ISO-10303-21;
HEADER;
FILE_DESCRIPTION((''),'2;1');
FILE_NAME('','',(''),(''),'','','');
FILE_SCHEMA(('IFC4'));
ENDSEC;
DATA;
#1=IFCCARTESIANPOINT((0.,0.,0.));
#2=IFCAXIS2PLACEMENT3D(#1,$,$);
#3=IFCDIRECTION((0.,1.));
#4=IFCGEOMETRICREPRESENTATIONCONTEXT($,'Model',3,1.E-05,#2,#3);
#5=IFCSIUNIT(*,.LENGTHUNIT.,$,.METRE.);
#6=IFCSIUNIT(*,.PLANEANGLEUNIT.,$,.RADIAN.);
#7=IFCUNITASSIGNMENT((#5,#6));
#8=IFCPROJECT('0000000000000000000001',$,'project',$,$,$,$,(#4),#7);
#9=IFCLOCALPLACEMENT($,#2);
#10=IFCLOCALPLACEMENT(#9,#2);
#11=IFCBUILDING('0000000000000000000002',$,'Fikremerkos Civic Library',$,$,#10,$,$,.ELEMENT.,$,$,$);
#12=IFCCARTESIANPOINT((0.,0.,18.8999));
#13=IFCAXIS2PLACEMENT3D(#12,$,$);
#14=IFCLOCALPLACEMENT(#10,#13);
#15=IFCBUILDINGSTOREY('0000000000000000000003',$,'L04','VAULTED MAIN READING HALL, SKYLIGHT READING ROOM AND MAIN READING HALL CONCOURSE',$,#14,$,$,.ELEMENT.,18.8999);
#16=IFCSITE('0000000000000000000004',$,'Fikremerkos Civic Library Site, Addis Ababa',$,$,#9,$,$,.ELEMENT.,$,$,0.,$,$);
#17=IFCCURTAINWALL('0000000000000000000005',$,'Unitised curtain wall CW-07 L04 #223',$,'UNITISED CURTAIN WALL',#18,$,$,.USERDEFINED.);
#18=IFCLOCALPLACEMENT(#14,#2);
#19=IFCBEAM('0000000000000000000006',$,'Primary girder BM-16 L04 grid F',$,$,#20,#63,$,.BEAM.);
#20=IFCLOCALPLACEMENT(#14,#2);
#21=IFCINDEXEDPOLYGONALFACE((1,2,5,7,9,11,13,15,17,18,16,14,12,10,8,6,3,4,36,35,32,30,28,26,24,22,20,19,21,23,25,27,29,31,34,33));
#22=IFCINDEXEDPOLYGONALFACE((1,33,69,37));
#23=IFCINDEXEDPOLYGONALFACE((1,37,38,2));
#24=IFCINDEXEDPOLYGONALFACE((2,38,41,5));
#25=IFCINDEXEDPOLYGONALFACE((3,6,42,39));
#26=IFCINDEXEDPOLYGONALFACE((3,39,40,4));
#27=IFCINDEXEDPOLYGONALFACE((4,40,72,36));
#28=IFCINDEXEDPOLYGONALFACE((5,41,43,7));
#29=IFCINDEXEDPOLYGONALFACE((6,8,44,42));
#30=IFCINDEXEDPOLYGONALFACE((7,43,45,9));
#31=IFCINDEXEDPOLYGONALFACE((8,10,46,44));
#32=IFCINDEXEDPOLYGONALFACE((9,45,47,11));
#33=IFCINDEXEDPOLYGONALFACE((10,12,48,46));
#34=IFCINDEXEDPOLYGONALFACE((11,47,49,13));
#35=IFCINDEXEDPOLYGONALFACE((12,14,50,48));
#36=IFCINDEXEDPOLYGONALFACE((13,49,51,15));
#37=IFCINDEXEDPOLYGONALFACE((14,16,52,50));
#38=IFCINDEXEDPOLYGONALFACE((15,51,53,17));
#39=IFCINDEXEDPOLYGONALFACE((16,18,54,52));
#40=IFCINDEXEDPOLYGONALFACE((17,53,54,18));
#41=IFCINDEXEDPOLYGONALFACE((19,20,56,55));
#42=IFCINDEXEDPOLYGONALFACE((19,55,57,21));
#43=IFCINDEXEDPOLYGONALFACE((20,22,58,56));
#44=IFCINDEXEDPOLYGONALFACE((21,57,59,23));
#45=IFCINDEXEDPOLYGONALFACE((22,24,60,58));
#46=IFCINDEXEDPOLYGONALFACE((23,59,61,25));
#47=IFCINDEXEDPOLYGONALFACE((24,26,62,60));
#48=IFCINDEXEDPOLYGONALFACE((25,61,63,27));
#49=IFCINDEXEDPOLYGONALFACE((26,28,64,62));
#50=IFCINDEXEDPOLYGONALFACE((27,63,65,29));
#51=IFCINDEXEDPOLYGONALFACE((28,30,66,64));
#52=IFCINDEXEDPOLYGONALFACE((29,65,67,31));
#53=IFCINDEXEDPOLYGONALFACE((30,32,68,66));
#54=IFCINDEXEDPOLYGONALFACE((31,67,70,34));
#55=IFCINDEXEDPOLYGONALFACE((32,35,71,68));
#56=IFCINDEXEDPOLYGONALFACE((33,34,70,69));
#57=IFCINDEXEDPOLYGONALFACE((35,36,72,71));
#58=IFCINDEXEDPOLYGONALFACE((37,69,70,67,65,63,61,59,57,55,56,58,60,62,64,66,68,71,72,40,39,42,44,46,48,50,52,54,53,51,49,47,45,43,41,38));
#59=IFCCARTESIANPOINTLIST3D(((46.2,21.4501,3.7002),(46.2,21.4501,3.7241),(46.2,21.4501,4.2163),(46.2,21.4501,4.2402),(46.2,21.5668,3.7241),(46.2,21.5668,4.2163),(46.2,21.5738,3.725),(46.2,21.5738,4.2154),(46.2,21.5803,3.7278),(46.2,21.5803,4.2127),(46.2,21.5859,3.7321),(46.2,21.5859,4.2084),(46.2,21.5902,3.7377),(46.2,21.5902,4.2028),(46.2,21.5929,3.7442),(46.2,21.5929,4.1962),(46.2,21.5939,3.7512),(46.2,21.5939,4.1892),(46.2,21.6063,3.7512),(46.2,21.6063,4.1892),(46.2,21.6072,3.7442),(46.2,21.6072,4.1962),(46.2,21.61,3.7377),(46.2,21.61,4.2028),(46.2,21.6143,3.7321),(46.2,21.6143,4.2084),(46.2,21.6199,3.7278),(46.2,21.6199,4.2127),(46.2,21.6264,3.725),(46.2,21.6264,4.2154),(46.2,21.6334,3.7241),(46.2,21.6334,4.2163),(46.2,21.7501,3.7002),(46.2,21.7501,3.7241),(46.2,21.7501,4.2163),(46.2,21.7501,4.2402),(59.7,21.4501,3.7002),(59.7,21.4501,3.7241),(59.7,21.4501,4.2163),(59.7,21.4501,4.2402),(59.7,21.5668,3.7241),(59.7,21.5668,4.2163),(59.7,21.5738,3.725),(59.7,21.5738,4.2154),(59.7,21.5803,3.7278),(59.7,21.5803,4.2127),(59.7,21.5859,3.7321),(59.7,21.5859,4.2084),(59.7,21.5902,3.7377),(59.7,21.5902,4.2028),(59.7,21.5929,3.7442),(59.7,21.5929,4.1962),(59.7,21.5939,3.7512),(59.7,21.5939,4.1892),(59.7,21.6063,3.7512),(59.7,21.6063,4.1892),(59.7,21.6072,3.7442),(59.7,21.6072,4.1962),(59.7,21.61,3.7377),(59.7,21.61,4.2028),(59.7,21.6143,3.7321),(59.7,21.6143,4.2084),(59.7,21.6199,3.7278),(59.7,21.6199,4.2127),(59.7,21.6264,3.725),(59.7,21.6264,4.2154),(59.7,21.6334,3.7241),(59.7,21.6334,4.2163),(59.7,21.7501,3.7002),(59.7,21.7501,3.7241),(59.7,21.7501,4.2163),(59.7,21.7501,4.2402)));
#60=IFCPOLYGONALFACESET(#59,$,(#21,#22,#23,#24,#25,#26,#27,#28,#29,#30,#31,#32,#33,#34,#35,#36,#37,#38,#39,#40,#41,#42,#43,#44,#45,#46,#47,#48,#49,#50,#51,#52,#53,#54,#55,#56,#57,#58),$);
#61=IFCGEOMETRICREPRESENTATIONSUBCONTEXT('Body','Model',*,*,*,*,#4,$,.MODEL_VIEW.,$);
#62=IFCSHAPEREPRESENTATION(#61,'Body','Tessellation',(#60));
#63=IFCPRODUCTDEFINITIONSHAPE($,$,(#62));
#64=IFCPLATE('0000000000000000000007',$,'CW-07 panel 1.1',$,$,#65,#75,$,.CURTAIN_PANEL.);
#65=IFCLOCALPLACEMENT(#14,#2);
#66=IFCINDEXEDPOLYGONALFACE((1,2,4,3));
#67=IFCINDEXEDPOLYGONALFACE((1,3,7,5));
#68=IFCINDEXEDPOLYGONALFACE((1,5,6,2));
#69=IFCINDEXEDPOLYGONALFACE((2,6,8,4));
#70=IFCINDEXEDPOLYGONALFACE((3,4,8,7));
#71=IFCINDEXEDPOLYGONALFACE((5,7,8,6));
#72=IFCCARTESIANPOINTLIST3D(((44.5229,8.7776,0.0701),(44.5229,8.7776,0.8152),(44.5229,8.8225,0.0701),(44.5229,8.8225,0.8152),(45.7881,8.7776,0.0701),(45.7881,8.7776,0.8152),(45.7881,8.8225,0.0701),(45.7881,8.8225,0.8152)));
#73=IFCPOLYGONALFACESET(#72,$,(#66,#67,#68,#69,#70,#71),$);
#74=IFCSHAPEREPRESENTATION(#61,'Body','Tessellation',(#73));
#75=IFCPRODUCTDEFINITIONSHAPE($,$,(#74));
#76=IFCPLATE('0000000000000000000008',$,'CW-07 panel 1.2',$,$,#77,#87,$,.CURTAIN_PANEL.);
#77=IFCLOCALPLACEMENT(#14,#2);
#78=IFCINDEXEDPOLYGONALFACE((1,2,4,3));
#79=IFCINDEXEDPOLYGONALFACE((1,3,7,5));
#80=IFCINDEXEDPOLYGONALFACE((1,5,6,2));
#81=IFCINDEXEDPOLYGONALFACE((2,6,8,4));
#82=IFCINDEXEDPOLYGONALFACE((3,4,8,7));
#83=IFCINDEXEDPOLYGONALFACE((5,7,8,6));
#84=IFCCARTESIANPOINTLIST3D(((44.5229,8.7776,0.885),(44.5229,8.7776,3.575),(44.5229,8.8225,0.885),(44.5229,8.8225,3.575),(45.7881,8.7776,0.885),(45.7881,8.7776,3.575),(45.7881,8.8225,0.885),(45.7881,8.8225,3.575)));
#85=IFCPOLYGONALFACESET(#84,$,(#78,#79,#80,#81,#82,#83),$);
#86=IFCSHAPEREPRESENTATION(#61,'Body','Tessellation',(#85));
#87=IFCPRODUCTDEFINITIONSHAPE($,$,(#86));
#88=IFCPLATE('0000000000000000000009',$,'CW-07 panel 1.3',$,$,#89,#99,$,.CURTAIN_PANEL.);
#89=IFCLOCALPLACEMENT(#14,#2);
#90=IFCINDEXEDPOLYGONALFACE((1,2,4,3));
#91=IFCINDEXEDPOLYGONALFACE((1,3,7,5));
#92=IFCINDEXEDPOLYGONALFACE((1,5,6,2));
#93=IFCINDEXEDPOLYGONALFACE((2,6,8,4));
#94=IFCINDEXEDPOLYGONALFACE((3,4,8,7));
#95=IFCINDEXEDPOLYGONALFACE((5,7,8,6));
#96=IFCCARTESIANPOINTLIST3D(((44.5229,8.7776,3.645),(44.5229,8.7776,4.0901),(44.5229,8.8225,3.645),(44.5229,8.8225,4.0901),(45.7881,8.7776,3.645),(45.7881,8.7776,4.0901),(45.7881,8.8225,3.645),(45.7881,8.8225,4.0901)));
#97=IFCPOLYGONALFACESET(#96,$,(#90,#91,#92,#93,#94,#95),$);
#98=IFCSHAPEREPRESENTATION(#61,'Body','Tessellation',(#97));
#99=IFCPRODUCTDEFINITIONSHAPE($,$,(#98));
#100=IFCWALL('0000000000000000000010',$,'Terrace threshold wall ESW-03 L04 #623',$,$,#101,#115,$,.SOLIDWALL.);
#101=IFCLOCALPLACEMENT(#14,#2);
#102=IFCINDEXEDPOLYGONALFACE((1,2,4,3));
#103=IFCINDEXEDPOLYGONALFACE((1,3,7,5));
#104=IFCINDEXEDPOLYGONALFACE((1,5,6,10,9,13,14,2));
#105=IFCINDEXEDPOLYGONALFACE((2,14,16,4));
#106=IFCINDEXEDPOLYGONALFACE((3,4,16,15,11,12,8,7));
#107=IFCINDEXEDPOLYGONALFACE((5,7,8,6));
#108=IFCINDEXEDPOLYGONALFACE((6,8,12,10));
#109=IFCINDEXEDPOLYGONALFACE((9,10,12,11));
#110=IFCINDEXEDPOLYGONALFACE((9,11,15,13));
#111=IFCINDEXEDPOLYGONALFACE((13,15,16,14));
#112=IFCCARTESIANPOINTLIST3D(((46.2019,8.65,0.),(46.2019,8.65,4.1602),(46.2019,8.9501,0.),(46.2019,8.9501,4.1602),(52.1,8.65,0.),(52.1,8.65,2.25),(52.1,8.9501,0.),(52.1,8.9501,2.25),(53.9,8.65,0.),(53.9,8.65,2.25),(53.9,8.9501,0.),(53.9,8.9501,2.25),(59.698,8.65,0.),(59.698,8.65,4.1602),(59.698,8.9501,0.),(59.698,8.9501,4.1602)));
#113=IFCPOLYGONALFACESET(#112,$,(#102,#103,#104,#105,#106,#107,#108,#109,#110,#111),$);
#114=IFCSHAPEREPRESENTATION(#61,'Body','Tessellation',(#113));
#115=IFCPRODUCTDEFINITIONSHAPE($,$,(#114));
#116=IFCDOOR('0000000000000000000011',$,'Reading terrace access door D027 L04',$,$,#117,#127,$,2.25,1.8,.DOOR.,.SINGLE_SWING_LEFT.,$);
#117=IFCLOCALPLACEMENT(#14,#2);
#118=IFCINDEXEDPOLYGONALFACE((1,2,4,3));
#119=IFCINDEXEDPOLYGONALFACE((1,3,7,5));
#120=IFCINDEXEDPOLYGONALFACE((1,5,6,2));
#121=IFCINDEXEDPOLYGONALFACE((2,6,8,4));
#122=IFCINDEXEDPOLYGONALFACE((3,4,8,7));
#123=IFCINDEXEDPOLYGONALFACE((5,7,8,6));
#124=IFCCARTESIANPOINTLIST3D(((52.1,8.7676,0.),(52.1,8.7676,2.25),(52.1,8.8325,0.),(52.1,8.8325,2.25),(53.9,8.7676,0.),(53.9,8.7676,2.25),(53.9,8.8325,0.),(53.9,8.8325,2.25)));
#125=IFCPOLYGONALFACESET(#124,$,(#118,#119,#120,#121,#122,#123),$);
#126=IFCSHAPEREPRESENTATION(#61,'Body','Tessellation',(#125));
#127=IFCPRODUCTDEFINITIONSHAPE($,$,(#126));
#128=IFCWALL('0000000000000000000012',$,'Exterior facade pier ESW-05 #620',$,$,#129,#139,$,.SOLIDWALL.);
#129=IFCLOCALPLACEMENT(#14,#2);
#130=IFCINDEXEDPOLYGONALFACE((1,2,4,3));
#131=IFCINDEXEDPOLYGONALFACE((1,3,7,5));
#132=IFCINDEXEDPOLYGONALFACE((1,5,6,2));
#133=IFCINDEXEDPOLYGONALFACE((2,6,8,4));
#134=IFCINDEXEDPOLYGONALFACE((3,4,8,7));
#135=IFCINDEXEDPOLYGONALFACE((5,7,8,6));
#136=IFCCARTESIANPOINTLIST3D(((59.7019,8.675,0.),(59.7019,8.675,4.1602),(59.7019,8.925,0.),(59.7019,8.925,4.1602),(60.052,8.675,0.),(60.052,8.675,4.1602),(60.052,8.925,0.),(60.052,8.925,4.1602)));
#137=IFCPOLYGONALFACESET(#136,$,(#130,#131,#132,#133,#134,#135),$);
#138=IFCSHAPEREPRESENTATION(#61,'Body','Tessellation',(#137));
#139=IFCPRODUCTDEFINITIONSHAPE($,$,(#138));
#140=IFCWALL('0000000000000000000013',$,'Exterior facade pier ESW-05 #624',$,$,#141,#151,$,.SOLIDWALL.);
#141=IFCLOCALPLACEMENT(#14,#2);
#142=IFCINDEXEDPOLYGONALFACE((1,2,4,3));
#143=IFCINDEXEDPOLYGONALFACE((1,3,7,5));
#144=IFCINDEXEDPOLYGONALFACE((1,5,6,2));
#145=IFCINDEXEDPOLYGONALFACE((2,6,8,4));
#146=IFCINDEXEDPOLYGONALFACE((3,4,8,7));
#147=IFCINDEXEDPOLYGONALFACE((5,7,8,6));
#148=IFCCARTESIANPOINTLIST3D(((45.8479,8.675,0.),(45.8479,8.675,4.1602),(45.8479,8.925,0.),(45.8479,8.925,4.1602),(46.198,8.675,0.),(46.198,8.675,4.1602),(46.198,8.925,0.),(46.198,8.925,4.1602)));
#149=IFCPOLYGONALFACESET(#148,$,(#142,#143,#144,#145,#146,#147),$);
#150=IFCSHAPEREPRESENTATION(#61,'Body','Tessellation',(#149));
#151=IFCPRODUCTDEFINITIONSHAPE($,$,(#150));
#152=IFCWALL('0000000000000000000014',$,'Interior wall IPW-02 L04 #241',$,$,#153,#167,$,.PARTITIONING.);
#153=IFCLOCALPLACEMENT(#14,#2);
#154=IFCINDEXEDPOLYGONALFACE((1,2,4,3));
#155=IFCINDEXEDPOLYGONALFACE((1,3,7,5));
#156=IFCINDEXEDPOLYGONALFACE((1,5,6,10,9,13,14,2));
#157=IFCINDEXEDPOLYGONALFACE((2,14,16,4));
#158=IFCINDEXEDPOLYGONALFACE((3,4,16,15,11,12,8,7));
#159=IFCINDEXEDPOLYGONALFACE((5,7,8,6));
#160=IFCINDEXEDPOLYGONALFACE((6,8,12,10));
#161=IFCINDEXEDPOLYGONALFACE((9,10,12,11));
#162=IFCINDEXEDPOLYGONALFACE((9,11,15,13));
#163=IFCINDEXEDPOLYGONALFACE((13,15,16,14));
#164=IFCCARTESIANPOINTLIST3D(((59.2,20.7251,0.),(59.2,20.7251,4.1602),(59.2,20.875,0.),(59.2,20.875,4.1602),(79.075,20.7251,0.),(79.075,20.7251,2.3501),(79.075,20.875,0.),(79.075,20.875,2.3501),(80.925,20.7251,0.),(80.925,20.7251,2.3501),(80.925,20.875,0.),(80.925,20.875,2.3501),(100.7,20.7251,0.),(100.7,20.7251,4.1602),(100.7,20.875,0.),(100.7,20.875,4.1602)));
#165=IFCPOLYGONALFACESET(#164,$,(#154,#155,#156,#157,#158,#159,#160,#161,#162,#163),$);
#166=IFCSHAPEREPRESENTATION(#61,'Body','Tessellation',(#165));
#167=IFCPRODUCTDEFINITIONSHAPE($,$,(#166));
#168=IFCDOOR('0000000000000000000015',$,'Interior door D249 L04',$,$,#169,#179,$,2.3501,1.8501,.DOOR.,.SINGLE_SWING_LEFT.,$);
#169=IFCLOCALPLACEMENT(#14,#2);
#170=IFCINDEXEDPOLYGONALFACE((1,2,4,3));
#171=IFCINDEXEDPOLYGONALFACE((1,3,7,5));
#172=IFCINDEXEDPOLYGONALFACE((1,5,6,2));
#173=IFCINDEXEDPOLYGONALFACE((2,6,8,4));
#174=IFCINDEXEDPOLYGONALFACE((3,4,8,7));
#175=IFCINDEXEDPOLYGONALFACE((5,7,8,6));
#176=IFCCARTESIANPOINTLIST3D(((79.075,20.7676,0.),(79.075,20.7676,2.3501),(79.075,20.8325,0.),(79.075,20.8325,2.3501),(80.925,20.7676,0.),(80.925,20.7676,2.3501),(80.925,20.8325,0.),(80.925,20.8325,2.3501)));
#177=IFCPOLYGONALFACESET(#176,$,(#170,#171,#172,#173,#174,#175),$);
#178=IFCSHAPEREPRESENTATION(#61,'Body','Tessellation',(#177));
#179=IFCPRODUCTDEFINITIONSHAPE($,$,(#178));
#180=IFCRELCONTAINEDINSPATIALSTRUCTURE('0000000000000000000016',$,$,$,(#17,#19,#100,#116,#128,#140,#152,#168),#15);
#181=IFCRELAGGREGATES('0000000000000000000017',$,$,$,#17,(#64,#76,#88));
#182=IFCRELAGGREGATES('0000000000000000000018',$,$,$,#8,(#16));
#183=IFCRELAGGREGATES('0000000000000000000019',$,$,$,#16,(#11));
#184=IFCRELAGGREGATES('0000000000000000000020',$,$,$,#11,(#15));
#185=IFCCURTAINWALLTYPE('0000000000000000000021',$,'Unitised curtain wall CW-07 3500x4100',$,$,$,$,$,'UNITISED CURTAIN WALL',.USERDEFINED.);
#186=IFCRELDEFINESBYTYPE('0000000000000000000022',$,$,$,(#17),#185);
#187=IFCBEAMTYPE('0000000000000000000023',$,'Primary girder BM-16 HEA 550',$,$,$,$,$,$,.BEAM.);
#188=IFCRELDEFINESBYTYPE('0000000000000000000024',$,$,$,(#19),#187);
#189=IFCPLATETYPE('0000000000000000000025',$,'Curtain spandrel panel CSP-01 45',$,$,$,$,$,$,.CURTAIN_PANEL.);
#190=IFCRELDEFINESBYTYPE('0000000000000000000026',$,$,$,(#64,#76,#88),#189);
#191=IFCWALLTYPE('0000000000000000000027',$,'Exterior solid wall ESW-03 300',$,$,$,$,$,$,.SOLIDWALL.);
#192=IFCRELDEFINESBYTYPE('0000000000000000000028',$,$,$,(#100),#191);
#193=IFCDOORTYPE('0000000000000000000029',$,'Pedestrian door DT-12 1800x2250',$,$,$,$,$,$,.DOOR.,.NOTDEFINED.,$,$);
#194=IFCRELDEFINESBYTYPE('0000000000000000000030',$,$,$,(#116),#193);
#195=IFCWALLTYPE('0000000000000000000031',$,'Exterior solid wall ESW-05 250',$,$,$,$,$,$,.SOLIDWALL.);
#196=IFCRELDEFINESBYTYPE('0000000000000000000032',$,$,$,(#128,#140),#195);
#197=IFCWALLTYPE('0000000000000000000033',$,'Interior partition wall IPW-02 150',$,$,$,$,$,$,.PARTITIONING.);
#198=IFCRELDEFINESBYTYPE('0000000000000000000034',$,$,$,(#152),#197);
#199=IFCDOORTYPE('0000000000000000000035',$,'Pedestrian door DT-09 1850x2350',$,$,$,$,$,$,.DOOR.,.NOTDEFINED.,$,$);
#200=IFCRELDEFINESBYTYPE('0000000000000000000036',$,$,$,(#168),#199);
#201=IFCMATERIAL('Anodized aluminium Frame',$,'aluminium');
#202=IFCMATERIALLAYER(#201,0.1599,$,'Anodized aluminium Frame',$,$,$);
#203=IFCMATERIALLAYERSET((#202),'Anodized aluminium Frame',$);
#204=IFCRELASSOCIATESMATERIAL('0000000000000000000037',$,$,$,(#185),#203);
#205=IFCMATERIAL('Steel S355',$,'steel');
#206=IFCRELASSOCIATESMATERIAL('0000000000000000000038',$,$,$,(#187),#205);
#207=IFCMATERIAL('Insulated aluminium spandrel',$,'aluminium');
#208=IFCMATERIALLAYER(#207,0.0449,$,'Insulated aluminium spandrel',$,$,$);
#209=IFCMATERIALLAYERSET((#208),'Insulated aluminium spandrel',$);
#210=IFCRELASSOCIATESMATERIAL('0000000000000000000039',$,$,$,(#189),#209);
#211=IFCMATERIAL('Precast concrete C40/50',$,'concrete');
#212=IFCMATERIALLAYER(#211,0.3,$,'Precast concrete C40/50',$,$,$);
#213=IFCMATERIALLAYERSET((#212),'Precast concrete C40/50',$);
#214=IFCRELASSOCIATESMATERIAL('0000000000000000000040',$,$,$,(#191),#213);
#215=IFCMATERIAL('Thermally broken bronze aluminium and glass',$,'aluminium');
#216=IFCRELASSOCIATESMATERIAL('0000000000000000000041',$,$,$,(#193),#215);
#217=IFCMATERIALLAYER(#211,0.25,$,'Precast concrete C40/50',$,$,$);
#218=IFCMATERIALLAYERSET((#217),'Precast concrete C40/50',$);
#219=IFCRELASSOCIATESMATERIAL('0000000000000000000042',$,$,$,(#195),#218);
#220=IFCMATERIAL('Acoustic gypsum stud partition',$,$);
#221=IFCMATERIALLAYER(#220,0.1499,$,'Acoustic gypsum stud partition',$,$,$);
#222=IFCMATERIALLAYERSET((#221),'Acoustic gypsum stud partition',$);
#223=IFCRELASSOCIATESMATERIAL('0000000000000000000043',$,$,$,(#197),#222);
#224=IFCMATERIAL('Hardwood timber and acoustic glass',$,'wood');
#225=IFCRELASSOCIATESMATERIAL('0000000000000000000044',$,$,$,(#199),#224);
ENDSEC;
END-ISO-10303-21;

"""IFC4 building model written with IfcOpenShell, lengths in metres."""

from ifc_helpers import new_model, si_unit, direction, frame, frame_2d, origin, origin_2d, place, context, subcontext, project, spatial, rectangle, i_section, extrude, material, layer, layer_set, material_profile, profile_set, type_object, element, fill, aggregate, save


model = new_model("IFC4")

# Units and contexts
model_context = context("Model", 3, precision=1e-05, world=origin(), true_north=direction((0.0, 1.0)))
body_context = subcontext(model_context, "Body", "Model", "MODEL_VIEW")
ifc_project = project(units=[si_unit("LENGTHUNIT", "METRE"), si_unit("PLANEANGLEUNIT", "RADIAN")], contexts=[model_context])

# Site, building, storey
site_placement = place(None, origin())
site = spatial("IfcSite", under=ifc_project, at=site_placement, Name="Fikremerkos Civic Library Site, Addis Ababa", CompositionType="ELEMENT", RefElevation=0.0)
building_placement = place(site_placement, origin())
building = spatial("IfcBuilding", under=site, at=building_placement, Name="Fikremerkos Civic Library", CompositionType="ELEMENT")
storey_placement = place(building_placement, frame((0.0, 0.0, 18.8999)))
storey = spatial("IfcBuildingStorey", under=building, at=storey_placement, Name="L04", Description="VAULTED MAIN READING HALL, SKYLIGHT READING ROOM AND MAIN READING HALL CONCOURSE", CompositionType="ELEMENT", Elevation=18.8999)

# Shared definitions
ifc_material_1 = material(Name="Steel S355", Category="steel")

# Curtain wall
ifc_material_2 = material(Name="Anodized aluminium Frame", Category="aluminium")
ifc_layer_1 = layer(ifc_material_2, 0.1599, Name="Anodized aluminium Frame")
ifc_layer_set_1 = layer_set([ifc_layer_1], Name="Anodized aluminium Frame")
curtain_wall_type = type_object("IfcCurtainWallType", Name="Unitised curtain wall CW-07 3500x4100", ElementType="UNITISED CURTAIN WALL", PredefinedType="USERDEFINED", material=ifc_layer_set_1)
curtain_wall_placement = place(storey_placement, origin())
curtain_wall = element("IfcCurtainWall", 1, at=curtain_wall_placement, inside=storey, type_object=curtain_wall_type, Name="Unitised curtain wall CW-07 L04 #223", ObjectType="UNITISED CURTAIN WALL", PredefinedType="USERDEFINED")

# Beam
ifc_material_profile_1 = material_profile(ifc_material_1, i_section(OverallWidth=0.3, OverallDepth=0.54, WebThickness=0.0125, FlangeThickness=0.0239, FilletRadius=0.0271, at=origin_2d()), Name="HEA 550")
ifc_profile_set_1 = profile_set([ifc_material_profile_1], Name="Steel S355")
beam_type = type_object("IfcBeamType", Name="Primary girder BM-16 HEA 550", PredefinedType="BEAM", material=ifc_profile_set_1)
beam_placement = place(storey_placement, frame((46.2, 21.6001, 3.9702), z_axis=(1.0, 0.0, 0.0), x_axis=(0.0, 1.0, 0.0)))
element("IfcBeam", 2, at=beam_placement, inside=storey, type_object=beam_type, Name="Primary girder BM-16 L04 grid F", PredefinedType="BEAM", context=body_context, shape_type="SweptSolid", body=[
    extrude(i_section(OverallWidth=0.3, OverallDepth=0.54, WebThickness=0.0125, FlangeThickness=0.0239, FilletRadius=0.0271, at=origin_2d()), origin(), (0.0, 0.0, 1.0), 13.5),
])

# Plates
ifc_material_3 = material(Name="Insulated aluminium spandrel", Category="aluminium")
ifc_layer_2 = layer(ifc_material_3, 0.0449, Name="Insulated aluminium spandrel")
ifc_layer_set_2 = layer_set([ifc_layer_2], Name="Insulated aluminium spandrel")
plate_type = type_object("IfcPlateType", Name="Curtain spandrel panel CSP-01 45", PredefinedType="CURTAIN_PANEL", material=ifc_layer_set_2)
plate_1_placement = place(storey_placement, frame((45.1555, 8.8, 0.0701), z_axis=(0.0, 0.0, 1.0), x_axis=(-1.0, 0.0, 0.0)))
plate_1 = element("IfcPlate", 3, at=plate_1_placement, type_object=plate_type, Name="CW-07 panel 1.1", PredefinedType="CURTAIN_PANEL", context=body_context, shape_type="SweptSolid", body=[
    extrude(rectangle(XDim=1.2651, YDim=0.0449, at=origin_2d()), origin(), (0.0, 0.0, 1.0), 0.7451),
])
plate_2_placement = place(storey_placement, frame((45.1555, 8.8, 0.885), z_axis=(0.0, 0.0, 1.0), x_axis=(-1.0, 0.0, 0.0)))
plate_2 = element("IfcPlate", 4, at=plate_2_placement, type_object=plate_type, Name="CW-07 panel 1.2", PredefinedType="CURTAIN_PANEL", context=body_context, shape_type="SweptSolid", body=[
    extrude(rectangle(XDim=1.2651, YDim=0.0449, at=origin_2d()), origin(), (0.0, 0.0, 1.0), 2.6899),
])
plate_3_placement = place(storey_placement, frame((45.1555, 8.8, 3.645), z_axis=(0.0, 0.0, 1.0), x_axis=(-1.0, 0.0, 0.0)))
plate_3 = element("IfcPlate", 5, at=plate_3_placement, type_object=plate_type, Name="CW-07 panel 1.3", PredefinedType="CURTAIN_PANEL", context=body_context, shape_type="SweptSolid", body=[
    extrude(rectangle(XDim=1.2651, YDim=0.0449, at=origin_2d()), origin(), (0.0, 0.0, 1.0), 0.4451),
])
aggregate(curtain_wall, [plate_1, plate_2, plate_3])

# Wall, opening, door
ifc_material_4 = material(Name="Precast concrete C40/50", Category="concrete")
ifc_layer_3 = layer(ifc_material_4, 0.3, Name="Precast concrete C40/50")
ifc_layer_set_3 = layer_set([ifc_layer_3], Name="Precast concrete C40/50")
wall_type_1 = type_object("IfcWallType", Name="Exterior solid wall ESW-03 300", PredefinedType="SOLIDWALL", material=ifc_layer_set_3)
wall_1_placement = place(storey_placement, frame((59.698, 8.8, 0.0), z_axis=(0.0, 0.0, 1.0), x_axis=(-1.0, 0.0, 0.0)))
wall_1 = element("IfcWall", 6, at=wall_1_placement, inside=storey, type_object=wall_type_1, Name="Terrace threshold wall ESW-03 L04 #623", PredefinedType="SOLIDWALL", context=body_context, shape_type="SweptSolid", body=[
    extrude(rectangle(XDim=13.4961, YDim=0.3, at=frame_2d((6.748, 0.0))), origin(), (0.0, 0.0, 1.0), 4.1602),
])
opening_1_placement = place(wall_1_placement, frame((5.7981, 0.0, 0.0)))
opening_1 = element("IfcOpeningElement", 7, at=opening_1_placement, cuts=wall_1, PredefinedType="OPENING", context=body_context, shape_type="SweptSolid", body=[
    extrude(rectangle(XDim=1.8, YDim=2.25, at=frame_2d((0.8999, 1.125))), frame((0.0, 0.1599, 0.0), z_axis=(0.0, -1.0, 0.0), x_axis=(1.0, 0.0, 0.0)), (0.0, 0.0, 1.0), 0.3201),
])
ifc_material_5 = material(Name="Thermally broken bronze aluminium and glass", Category="aluminium")
door_type_1 = type_object("IfcDoorType", Name="Pedestrian door DT-12 1800x2250", OperationType="NOTDEFINED", PredefinedType="DOOR", material=ifc_material_5)
door_1_placement = place(opening_1_placement, origin())
door_1 = element("IfcDoor", 8, at=door_1_placement, inside=storey, type_object=door_type_1, Name="Reading terrace access door D027 L04", OperationType="SINGLE_SWING_LEFT", OverallHeight=2.25, OverallWidth=1.8, PredefinedType="DOOR", context=body_context, shape_type="SweptSolid", body=[
    extrude(rectangle(XDim=1.8, YDim=2.25, at=frame_2d((0.8999, 1.125))), frame((0.0, 0.0325, 0.0), z_axis=(0.0, -1.0, 0.0), x_axis=(1.0, 0.0, 0.0)), (0.0, 0.0, 1.0), 0.0649),
])
fill(opening_1, door_1)

# Walls
ifc_layer_4 = layer(ifc_material_4, 0.25, Name="Precast concrete C40/50")
ifc_layer_set_4 = layer_set([ifc_layer_4], Name="Precast concrete C40/50")
wall_type_2 = type_object("IfcWallType", Name="Exterior solid wall ESW-05 250", PredefinedType="SOLIDWALL", material=ifc_layer_set_4)
for number, where, z_axis, x_axis, name in (
    (9, (60.052, 8.8, 0.0), (0.0, 0.0, 1.0), (-1.0, 0.0, 0.0), "Exterior facade pier ESW-05 #620"),
    (10, (46.198, 8.8, 0.0), (0.0, 0.0, 1.0), (-1.0, 0.0, 0.0), "Exterior facade pier ESW-05 #624"),
):
    element("IfcWall", number, at=place(storey_placement, frame(where, z_axis=z_axis, x_axis=x_axis)), inside=storey, type_object=wall_type_2, Name=name, PredefinedType="SOLIDWALL", context=body_context, shape_type="SweptSolid", body=[
        extrude(rectangle(XDim=0.3501, YDim=0.25, at=frame_2d((0.175, 0.0))), origin(), (0.0, 0.0, 1.0), 4.1602),
    ])

# Wall, opening, door
ifc_material_6 = material(Name="Acoustic gypsum stud partition")
ifc_layer_5 = layer(ifc_material_6, 0.1499, Name="Acoustic gypsum stud partition")
ifc_layer_set_5 = layer_set([ifc_layer_5], Name="Acoustic gypsum stud partition")
wall_type_3 = type_object("IfcWallType", Name="Interior partition wall IPW-02 150", PredefinedType="PARTITIONING", material=ifc_layer_set_5)
wall_2_placement = place(storey_placement, frame((59.2, 20.8, 0.0), z_axis=(0.0, 0.0, 1.0), x_axis=(1.0, 0.0, 0.0)))
wall_2 = element("IfcWall", 11, at=wall_2_placement, inside=storey, type_object=wall_type_3, Name="Interior wall IPW-02 L04 #241", PredefinedType="PARTITIONING", context=body_context, shape_type="SweptSolid", body=[
    extrude(rectangle(XDim=41.5, YDim=0.1499, at=frame_2d((20.75, 0.0))), origin(), (0.0, 0.0, 1.0), 4.1602),
])
opening_2_placement = place(wall_2_placement, frame((19.875, 0.0, 0.0)))
opening_2 = element("IfcOpeningElement", 12, at=opening_2_placement, cuts=wall_2, PredefinedType="OPENING", context=body_context, shape_type="SweptSolid", body=[
    extrude(rectangle(XDim=1.8501, YDim=2.3501, at=frame_2d((0.925, 1.175))), frame((0.0, 0.085, 0.0), z_axis=(0.0, -1.0, 0.0), x_axis=(1.0, 0.0, 0.0)), (0.0, 0.0, 1.0), 0.1699),
])
ifc_material_7 = material(Name="Hardwood timber and acoustic glass", Category="wood")
door_type_2 = type_object("IfcDoorType", Name="Pedestrian door DT-09 1850x2350", OperationType="NOTDEFINED", PredefinedType="DOOR", material=ifc_material_7)
door_2_placement = place(opening_2_placement, origin())
door_2 = element("IfcDoor", 13, at=door_2_placement, inside=storey, type_object=door_type_2, Name="Interior door D249 L04", OperationType="SINGLE_SWING_LEFT", OverallHeight=2.3501, OverallWidth=1.8501, PredefinedType="DOOR", context=body_context, shape_type="SweptSolid", body=[
    extrude(rectangle(XDim=1.8501, YDim=2.3501, at=frame_2d((0.925, 1.175))), frame((0.0, 0.0325, 0.0), z_axis=(0.0, -1.0, 0.0), x_axis=(1.0, 0.0, 0.0)), (0.0, 0.0, 1.0), 0.0649),
])
fill(opening_2, door_2)

save(model, "model.ifc")
